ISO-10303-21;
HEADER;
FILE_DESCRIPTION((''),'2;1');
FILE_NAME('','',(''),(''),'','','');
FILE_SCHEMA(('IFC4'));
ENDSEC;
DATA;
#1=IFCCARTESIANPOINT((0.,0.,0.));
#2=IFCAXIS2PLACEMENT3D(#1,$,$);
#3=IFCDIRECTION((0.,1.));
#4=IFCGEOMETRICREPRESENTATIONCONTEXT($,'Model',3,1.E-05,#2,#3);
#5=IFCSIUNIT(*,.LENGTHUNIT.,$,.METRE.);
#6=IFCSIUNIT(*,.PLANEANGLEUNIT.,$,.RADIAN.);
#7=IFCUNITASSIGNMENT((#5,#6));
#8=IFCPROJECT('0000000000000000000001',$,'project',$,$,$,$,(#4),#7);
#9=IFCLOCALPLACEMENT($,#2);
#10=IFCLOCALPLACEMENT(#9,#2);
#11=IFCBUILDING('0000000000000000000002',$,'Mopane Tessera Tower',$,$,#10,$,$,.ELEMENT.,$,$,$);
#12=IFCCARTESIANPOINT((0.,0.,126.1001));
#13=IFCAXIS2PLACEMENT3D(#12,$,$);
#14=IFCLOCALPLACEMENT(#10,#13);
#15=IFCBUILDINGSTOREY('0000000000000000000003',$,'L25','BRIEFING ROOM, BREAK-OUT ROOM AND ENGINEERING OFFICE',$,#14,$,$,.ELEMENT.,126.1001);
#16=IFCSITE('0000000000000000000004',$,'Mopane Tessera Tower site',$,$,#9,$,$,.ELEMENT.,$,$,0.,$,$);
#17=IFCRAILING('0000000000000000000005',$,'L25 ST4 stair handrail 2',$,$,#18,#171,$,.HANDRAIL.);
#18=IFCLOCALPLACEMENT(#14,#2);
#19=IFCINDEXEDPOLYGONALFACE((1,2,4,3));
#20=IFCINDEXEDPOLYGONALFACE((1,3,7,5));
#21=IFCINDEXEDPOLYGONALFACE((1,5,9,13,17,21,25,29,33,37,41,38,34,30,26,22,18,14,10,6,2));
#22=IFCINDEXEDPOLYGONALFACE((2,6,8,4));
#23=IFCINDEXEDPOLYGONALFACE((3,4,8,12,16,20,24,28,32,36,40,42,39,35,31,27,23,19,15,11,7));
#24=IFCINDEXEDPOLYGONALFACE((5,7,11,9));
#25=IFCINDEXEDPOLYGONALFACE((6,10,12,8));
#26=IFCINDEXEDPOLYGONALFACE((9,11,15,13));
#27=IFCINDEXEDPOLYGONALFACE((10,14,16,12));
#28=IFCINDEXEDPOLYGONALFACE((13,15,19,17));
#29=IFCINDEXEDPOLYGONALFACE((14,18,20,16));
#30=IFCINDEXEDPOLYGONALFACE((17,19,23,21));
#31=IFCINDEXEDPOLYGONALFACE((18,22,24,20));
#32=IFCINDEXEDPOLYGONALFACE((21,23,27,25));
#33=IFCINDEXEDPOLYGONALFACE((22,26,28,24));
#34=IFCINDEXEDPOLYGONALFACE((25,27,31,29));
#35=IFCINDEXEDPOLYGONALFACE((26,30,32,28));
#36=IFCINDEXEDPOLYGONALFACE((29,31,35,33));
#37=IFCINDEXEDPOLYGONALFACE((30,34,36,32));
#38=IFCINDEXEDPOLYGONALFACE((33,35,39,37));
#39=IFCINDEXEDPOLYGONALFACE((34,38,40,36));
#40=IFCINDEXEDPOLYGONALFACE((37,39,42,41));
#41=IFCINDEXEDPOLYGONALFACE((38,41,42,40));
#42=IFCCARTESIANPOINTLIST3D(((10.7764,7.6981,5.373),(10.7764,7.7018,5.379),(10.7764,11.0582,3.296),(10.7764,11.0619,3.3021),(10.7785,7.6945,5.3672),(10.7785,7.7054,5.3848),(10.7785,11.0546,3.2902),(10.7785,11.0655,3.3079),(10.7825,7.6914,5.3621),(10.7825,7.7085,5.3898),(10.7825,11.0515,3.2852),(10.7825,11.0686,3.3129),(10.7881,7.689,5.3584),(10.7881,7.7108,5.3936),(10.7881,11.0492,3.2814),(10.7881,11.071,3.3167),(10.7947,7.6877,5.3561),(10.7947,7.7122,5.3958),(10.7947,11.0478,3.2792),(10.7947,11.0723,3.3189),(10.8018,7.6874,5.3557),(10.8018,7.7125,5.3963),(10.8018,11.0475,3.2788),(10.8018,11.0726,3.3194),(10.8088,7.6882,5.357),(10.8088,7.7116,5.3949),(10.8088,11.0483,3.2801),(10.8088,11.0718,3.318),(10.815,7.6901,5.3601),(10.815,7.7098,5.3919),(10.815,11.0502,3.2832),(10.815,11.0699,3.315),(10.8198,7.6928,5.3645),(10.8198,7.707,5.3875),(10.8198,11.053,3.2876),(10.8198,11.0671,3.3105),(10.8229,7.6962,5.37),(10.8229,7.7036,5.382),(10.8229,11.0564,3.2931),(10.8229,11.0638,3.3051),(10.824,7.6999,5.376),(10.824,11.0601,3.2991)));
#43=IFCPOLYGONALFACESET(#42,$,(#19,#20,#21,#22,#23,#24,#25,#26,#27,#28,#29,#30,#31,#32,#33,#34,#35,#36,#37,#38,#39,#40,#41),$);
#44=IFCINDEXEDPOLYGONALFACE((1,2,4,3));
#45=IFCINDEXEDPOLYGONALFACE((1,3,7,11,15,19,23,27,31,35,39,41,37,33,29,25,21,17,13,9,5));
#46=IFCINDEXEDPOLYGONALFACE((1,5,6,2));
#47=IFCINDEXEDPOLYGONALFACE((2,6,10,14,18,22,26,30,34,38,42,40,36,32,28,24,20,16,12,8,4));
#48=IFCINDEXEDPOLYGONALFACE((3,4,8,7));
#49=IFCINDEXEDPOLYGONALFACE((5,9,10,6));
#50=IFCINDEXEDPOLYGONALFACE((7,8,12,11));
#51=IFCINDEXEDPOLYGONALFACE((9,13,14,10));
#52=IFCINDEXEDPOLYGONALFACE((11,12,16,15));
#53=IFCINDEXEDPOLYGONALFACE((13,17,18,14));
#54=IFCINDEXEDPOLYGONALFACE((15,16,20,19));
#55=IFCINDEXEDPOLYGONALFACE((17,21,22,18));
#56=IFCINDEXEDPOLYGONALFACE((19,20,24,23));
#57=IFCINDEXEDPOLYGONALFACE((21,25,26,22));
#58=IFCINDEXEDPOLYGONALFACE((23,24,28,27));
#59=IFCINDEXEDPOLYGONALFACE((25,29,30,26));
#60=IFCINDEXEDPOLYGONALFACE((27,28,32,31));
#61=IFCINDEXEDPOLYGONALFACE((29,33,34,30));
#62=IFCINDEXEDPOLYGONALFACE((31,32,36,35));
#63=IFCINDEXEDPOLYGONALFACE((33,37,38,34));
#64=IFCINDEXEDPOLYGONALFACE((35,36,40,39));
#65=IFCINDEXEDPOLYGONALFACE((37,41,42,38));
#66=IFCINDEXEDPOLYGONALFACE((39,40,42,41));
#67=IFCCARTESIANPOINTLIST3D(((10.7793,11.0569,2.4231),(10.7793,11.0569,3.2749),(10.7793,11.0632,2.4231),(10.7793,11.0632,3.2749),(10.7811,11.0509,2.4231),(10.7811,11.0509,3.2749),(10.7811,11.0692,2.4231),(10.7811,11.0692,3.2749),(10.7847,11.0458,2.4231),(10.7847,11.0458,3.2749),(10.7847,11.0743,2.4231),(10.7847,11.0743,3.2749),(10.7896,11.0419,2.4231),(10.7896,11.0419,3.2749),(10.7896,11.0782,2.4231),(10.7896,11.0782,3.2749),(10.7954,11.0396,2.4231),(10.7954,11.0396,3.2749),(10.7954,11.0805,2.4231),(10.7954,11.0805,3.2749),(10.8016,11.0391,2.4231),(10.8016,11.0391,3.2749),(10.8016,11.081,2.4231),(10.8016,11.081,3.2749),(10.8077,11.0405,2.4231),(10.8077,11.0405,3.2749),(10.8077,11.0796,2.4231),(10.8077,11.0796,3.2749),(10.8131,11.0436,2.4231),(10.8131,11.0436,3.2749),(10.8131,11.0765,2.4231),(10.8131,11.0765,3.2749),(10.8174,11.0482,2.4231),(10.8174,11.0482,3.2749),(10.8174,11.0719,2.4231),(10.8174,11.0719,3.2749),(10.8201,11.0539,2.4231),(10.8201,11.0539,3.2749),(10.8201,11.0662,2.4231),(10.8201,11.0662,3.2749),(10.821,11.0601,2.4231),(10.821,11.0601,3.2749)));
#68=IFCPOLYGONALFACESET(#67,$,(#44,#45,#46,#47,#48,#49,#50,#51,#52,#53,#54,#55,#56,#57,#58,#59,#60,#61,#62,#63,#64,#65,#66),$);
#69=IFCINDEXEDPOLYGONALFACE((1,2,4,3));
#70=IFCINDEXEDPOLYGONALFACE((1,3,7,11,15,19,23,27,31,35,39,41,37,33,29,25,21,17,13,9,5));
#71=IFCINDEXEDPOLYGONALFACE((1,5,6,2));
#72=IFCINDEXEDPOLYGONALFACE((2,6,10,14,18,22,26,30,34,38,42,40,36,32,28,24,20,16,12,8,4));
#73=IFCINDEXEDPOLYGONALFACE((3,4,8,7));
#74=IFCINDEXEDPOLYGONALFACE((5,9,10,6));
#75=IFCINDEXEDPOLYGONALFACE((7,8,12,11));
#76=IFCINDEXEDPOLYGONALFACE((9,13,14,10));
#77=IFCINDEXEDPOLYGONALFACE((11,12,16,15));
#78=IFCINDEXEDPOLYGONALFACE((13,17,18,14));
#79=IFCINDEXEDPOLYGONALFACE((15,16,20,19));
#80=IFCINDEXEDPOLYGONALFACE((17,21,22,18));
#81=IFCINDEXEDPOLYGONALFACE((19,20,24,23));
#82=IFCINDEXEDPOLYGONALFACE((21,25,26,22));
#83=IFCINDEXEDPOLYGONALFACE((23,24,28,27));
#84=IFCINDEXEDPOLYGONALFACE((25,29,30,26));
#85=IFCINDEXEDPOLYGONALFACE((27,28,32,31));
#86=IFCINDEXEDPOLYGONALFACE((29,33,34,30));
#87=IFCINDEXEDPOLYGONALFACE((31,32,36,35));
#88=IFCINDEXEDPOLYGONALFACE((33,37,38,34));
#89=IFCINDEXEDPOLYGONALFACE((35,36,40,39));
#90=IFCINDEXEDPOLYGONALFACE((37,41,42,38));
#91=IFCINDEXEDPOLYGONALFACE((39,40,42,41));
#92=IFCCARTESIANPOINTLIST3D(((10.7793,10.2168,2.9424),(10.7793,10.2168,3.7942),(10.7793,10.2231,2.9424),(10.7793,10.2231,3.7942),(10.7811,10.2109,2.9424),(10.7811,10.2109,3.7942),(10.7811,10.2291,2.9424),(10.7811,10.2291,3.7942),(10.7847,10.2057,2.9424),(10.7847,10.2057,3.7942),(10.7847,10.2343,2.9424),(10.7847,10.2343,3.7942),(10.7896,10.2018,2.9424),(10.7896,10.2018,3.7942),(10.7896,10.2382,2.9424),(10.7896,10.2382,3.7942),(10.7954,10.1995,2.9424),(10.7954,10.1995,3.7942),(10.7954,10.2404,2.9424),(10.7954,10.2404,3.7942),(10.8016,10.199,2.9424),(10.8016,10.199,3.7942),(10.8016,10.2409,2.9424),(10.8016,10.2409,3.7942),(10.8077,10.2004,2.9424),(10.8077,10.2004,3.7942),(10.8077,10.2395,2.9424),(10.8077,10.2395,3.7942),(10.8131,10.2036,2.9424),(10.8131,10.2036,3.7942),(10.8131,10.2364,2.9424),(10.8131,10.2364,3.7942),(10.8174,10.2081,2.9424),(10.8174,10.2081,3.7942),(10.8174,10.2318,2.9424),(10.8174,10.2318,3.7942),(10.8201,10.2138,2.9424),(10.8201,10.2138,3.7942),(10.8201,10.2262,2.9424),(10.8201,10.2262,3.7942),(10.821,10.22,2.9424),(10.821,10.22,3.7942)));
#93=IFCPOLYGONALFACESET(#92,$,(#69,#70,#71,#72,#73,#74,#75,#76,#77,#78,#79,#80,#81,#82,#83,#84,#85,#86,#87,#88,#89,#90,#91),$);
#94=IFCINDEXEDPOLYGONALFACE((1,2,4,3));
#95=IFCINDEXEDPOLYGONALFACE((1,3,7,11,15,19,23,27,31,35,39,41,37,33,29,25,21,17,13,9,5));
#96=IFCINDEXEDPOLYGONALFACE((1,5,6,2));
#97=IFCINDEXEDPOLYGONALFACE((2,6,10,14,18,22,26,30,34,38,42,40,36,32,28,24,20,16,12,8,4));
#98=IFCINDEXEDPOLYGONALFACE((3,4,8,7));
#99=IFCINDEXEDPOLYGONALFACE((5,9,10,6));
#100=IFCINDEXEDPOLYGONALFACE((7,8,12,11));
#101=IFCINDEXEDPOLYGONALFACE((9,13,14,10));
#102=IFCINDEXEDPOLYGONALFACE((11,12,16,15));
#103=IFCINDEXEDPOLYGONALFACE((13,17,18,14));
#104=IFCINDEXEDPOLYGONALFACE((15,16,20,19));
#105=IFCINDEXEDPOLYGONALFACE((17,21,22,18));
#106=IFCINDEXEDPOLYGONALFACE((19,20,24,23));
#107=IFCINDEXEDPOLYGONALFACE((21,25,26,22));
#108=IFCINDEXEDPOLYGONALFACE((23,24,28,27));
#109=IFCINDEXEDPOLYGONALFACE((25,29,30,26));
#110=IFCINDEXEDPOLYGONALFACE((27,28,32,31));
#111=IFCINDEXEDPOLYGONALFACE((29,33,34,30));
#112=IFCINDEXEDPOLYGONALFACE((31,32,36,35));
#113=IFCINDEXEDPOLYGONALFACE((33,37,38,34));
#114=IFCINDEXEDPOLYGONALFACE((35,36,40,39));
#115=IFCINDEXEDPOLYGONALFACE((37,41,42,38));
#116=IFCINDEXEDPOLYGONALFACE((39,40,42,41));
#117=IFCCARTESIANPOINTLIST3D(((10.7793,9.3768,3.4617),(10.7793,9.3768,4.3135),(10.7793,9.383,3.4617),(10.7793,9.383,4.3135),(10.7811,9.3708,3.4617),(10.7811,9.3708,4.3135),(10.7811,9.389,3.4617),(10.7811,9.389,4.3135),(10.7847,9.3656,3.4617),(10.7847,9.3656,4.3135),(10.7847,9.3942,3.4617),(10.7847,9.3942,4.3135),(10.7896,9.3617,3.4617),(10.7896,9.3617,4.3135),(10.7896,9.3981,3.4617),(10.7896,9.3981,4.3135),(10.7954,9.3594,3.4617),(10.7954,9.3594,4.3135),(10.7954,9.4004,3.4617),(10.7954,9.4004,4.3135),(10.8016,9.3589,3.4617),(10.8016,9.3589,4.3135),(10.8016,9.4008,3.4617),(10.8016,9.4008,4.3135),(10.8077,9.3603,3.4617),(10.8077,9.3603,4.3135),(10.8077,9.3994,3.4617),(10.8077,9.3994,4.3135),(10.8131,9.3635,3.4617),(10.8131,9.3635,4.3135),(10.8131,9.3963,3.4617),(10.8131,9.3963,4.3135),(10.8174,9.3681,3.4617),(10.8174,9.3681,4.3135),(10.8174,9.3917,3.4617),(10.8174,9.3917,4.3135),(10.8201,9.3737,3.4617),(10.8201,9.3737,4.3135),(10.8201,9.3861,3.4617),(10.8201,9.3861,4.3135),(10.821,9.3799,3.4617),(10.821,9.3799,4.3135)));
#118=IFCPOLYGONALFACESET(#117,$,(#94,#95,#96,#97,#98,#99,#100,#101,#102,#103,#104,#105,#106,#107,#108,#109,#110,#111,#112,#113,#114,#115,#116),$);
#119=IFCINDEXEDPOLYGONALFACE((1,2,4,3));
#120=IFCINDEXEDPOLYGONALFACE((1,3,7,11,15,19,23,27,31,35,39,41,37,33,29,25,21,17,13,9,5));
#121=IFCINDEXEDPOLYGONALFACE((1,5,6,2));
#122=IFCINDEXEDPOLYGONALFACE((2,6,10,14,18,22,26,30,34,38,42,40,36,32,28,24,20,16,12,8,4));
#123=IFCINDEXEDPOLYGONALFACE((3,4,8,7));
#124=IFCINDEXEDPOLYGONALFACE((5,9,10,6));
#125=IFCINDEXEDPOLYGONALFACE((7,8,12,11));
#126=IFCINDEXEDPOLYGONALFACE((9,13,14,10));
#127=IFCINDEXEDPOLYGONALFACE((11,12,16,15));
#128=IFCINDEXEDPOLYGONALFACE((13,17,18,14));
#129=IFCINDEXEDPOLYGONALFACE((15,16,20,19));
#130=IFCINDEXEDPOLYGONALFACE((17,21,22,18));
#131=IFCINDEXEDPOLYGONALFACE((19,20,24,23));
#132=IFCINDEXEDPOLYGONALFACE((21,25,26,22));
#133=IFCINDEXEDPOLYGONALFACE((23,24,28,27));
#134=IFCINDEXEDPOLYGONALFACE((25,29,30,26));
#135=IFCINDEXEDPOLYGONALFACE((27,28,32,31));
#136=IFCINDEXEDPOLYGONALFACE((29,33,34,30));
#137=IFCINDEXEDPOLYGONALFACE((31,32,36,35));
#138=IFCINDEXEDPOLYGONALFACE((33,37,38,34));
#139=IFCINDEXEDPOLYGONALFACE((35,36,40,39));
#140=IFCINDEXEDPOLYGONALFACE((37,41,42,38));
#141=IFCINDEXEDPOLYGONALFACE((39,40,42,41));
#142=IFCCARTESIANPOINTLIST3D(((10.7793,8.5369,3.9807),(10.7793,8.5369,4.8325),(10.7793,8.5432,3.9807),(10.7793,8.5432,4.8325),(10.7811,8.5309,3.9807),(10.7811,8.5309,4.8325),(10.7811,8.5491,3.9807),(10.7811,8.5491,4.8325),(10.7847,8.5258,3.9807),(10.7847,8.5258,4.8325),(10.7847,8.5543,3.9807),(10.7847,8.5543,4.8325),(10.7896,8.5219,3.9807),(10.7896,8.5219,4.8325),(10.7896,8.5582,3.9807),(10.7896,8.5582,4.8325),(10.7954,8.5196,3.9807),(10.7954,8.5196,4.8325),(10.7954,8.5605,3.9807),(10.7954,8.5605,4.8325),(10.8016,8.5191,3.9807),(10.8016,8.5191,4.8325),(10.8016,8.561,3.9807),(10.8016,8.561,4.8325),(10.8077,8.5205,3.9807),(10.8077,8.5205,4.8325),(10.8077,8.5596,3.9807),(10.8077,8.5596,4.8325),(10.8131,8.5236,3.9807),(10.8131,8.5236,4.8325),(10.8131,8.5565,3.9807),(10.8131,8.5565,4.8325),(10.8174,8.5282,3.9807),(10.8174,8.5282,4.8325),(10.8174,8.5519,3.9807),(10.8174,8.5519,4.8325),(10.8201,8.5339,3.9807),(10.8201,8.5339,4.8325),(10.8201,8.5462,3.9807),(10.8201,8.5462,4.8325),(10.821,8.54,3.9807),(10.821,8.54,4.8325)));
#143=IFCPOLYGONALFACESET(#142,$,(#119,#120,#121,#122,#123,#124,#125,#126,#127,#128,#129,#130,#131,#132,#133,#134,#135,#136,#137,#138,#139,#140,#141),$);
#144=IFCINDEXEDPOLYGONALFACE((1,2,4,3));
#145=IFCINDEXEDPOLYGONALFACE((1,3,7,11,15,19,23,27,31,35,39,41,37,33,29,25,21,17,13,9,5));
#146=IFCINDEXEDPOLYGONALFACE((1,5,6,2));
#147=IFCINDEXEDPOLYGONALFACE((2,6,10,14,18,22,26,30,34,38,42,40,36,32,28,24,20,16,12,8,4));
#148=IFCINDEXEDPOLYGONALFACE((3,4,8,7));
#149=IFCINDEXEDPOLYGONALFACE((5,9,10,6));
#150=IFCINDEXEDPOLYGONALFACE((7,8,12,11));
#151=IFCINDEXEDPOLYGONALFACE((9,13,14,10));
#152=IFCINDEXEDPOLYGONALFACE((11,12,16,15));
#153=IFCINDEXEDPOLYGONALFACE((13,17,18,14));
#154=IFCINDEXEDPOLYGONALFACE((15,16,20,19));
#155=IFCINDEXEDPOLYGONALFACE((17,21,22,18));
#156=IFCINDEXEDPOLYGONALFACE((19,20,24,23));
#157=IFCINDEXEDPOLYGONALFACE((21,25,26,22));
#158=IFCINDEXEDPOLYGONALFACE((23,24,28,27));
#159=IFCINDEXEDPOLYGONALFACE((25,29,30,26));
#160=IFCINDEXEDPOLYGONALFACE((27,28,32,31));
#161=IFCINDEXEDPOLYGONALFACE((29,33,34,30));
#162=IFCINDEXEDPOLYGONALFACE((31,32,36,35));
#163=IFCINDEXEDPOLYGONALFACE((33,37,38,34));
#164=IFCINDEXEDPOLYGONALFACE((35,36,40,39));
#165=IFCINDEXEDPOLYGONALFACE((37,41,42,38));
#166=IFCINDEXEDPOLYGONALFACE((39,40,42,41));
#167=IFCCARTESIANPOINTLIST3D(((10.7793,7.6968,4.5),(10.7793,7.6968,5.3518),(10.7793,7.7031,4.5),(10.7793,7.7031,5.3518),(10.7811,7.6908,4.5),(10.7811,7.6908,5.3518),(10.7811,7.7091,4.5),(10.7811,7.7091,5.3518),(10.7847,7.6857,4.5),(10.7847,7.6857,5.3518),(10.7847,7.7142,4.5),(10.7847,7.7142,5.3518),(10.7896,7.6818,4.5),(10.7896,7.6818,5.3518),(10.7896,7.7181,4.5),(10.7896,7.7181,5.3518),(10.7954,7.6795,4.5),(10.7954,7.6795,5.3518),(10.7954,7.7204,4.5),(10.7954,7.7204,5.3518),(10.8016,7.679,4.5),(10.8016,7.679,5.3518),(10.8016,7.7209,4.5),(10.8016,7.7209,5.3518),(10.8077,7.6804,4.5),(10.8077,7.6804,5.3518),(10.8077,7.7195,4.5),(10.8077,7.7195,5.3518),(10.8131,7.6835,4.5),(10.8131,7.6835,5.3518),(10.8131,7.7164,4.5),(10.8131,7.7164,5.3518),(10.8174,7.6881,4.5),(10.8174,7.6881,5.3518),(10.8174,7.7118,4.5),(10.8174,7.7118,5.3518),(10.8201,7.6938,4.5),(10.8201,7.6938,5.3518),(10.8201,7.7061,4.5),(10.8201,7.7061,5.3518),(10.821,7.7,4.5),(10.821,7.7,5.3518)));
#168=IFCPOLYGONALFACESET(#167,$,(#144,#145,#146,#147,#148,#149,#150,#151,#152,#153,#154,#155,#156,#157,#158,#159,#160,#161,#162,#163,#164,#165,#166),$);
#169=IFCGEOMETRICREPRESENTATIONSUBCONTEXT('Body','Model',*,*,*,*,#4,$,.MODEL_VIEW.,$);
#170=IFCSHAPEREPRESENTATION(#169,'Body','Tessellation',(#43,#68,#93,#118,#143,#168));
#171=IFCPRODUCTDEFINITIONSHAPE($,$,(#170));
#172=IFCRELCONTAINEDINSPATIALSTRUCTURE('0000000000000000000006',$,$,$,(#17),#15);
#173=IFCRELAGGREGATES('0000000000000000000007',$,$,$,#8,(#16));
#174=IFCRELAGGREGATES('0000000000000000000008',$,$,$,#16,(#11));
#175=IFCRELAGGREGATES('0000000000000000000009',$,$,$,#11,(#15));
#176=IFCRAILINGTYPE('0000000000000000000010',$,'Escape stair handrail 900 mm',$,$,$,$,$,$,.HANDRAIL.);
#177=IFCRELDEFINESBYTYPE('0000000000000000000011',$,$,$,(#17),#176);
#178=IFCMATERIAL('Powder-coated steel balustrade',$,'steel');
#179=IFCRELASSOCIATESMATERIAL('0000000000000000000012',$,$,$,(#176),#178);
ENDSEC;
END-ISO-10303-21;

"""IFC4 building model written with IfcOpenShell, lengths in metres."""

from ifc_helpers import new_model, si_unit, direction, frame, origin, origin_2d, place, context, subcontext, project, spatial, circle, extrude, material, type_object, element, save


model = new_model("IFC4")

# Units and contexts
model_context = context("Model", 3, precision=1e-05, world=origin(), true_north=direction((0.0, 1.0)))
body_context = subcontext(model_context, "Body", "Model", "MODEL_VIEW")
ifc_project = project(units=[si_unit("LENGTHUNIT", "METRE"), si_unit("PLANEANGLEUNIT", "RADIAN")], contexts=[model_context])

# Site, building, storey
site_placement = place(None, origin())
site = spatial("IfcSite", under=ifc_project, at=site_placement, Name="Mopane Tessera Tower site", CompositionType="ELEMENT", RefElevation=0.0)
building_placement = place(site_placement, origin())
building = spatial("IfcBuilding", under=site, at=building_placement, Name="Mopane Tessera Tower", CompositionType="ELEMENT")
storey_placement = place(building_placement, frame((0.0, 0.0, 126.1001)))
storey = spatial("IfcBuildingStorey", under=building, at=storey_placement, Name="L25", Description="BRIEFING ROOM, BREAK-OUT ROOM AND ENGINEERING OFFICE", CompositionType="ELEMENT", Elevation=126.1001)

# Railing
ifc_material_1 = material(Name="Powder-coated steel balustrade", Category="steel")
railing_type_1 = type_object("IfcRailingType", Name="Escape stair handrail 900 mm", PredefinedType="HANDRAIL", material=ifc_material_1)
railing_1_placement = place(storey_placement, frame((10.8, 11.0601, 2.4231)))
element("IfcRailing", 1, at=railing_1_placement, inside=storey, type_object=railing_type_1, Name="L25 ST4 stair handrail 2", PredefinedType="HANDRAIL", context=body_context, shape_type="SweptSolid", body=[
    extrude(circle(Radius=0.0239, at=origin_2d()), frame((0.0, 0.0, 0.876), z_axis=(0.0, -0.850623, 0.525776), x_axis=(1.0, 0.0, 0.0)), (0.0, 0.0, 1.0), 3.9502),
    extrude(circle(Radius=0.021, at=origin_2d()), origin(), (0.0, 0.0, 1.0), 0.8518),
    extrude(circle(Radius=0.021, at=origin_2d()), frame((0.0, -0.8401, 0.5193)), (0.0, 0.0, 1.0), 0.8518),
    extrude(circle(Radius=0.021, at=origin_2d()), frame((0.0, -1.6802, 1.0386)), (0.0, 0.0, 1.0), 0.8518),
    extrude(circle(Radius=0.021, at=origin_2d()), frame((0.0, -2.52, 1.5576)), (0.0, 0.0, 1.0), 0.8518),
    extrude(circle(Radius=0.021, at=origin_2d()), frame((0.0, -3.3601, 2.0769)), (0.0, 0.0, 1.0), 0.8518),
])

save(model, "model.ifc")
